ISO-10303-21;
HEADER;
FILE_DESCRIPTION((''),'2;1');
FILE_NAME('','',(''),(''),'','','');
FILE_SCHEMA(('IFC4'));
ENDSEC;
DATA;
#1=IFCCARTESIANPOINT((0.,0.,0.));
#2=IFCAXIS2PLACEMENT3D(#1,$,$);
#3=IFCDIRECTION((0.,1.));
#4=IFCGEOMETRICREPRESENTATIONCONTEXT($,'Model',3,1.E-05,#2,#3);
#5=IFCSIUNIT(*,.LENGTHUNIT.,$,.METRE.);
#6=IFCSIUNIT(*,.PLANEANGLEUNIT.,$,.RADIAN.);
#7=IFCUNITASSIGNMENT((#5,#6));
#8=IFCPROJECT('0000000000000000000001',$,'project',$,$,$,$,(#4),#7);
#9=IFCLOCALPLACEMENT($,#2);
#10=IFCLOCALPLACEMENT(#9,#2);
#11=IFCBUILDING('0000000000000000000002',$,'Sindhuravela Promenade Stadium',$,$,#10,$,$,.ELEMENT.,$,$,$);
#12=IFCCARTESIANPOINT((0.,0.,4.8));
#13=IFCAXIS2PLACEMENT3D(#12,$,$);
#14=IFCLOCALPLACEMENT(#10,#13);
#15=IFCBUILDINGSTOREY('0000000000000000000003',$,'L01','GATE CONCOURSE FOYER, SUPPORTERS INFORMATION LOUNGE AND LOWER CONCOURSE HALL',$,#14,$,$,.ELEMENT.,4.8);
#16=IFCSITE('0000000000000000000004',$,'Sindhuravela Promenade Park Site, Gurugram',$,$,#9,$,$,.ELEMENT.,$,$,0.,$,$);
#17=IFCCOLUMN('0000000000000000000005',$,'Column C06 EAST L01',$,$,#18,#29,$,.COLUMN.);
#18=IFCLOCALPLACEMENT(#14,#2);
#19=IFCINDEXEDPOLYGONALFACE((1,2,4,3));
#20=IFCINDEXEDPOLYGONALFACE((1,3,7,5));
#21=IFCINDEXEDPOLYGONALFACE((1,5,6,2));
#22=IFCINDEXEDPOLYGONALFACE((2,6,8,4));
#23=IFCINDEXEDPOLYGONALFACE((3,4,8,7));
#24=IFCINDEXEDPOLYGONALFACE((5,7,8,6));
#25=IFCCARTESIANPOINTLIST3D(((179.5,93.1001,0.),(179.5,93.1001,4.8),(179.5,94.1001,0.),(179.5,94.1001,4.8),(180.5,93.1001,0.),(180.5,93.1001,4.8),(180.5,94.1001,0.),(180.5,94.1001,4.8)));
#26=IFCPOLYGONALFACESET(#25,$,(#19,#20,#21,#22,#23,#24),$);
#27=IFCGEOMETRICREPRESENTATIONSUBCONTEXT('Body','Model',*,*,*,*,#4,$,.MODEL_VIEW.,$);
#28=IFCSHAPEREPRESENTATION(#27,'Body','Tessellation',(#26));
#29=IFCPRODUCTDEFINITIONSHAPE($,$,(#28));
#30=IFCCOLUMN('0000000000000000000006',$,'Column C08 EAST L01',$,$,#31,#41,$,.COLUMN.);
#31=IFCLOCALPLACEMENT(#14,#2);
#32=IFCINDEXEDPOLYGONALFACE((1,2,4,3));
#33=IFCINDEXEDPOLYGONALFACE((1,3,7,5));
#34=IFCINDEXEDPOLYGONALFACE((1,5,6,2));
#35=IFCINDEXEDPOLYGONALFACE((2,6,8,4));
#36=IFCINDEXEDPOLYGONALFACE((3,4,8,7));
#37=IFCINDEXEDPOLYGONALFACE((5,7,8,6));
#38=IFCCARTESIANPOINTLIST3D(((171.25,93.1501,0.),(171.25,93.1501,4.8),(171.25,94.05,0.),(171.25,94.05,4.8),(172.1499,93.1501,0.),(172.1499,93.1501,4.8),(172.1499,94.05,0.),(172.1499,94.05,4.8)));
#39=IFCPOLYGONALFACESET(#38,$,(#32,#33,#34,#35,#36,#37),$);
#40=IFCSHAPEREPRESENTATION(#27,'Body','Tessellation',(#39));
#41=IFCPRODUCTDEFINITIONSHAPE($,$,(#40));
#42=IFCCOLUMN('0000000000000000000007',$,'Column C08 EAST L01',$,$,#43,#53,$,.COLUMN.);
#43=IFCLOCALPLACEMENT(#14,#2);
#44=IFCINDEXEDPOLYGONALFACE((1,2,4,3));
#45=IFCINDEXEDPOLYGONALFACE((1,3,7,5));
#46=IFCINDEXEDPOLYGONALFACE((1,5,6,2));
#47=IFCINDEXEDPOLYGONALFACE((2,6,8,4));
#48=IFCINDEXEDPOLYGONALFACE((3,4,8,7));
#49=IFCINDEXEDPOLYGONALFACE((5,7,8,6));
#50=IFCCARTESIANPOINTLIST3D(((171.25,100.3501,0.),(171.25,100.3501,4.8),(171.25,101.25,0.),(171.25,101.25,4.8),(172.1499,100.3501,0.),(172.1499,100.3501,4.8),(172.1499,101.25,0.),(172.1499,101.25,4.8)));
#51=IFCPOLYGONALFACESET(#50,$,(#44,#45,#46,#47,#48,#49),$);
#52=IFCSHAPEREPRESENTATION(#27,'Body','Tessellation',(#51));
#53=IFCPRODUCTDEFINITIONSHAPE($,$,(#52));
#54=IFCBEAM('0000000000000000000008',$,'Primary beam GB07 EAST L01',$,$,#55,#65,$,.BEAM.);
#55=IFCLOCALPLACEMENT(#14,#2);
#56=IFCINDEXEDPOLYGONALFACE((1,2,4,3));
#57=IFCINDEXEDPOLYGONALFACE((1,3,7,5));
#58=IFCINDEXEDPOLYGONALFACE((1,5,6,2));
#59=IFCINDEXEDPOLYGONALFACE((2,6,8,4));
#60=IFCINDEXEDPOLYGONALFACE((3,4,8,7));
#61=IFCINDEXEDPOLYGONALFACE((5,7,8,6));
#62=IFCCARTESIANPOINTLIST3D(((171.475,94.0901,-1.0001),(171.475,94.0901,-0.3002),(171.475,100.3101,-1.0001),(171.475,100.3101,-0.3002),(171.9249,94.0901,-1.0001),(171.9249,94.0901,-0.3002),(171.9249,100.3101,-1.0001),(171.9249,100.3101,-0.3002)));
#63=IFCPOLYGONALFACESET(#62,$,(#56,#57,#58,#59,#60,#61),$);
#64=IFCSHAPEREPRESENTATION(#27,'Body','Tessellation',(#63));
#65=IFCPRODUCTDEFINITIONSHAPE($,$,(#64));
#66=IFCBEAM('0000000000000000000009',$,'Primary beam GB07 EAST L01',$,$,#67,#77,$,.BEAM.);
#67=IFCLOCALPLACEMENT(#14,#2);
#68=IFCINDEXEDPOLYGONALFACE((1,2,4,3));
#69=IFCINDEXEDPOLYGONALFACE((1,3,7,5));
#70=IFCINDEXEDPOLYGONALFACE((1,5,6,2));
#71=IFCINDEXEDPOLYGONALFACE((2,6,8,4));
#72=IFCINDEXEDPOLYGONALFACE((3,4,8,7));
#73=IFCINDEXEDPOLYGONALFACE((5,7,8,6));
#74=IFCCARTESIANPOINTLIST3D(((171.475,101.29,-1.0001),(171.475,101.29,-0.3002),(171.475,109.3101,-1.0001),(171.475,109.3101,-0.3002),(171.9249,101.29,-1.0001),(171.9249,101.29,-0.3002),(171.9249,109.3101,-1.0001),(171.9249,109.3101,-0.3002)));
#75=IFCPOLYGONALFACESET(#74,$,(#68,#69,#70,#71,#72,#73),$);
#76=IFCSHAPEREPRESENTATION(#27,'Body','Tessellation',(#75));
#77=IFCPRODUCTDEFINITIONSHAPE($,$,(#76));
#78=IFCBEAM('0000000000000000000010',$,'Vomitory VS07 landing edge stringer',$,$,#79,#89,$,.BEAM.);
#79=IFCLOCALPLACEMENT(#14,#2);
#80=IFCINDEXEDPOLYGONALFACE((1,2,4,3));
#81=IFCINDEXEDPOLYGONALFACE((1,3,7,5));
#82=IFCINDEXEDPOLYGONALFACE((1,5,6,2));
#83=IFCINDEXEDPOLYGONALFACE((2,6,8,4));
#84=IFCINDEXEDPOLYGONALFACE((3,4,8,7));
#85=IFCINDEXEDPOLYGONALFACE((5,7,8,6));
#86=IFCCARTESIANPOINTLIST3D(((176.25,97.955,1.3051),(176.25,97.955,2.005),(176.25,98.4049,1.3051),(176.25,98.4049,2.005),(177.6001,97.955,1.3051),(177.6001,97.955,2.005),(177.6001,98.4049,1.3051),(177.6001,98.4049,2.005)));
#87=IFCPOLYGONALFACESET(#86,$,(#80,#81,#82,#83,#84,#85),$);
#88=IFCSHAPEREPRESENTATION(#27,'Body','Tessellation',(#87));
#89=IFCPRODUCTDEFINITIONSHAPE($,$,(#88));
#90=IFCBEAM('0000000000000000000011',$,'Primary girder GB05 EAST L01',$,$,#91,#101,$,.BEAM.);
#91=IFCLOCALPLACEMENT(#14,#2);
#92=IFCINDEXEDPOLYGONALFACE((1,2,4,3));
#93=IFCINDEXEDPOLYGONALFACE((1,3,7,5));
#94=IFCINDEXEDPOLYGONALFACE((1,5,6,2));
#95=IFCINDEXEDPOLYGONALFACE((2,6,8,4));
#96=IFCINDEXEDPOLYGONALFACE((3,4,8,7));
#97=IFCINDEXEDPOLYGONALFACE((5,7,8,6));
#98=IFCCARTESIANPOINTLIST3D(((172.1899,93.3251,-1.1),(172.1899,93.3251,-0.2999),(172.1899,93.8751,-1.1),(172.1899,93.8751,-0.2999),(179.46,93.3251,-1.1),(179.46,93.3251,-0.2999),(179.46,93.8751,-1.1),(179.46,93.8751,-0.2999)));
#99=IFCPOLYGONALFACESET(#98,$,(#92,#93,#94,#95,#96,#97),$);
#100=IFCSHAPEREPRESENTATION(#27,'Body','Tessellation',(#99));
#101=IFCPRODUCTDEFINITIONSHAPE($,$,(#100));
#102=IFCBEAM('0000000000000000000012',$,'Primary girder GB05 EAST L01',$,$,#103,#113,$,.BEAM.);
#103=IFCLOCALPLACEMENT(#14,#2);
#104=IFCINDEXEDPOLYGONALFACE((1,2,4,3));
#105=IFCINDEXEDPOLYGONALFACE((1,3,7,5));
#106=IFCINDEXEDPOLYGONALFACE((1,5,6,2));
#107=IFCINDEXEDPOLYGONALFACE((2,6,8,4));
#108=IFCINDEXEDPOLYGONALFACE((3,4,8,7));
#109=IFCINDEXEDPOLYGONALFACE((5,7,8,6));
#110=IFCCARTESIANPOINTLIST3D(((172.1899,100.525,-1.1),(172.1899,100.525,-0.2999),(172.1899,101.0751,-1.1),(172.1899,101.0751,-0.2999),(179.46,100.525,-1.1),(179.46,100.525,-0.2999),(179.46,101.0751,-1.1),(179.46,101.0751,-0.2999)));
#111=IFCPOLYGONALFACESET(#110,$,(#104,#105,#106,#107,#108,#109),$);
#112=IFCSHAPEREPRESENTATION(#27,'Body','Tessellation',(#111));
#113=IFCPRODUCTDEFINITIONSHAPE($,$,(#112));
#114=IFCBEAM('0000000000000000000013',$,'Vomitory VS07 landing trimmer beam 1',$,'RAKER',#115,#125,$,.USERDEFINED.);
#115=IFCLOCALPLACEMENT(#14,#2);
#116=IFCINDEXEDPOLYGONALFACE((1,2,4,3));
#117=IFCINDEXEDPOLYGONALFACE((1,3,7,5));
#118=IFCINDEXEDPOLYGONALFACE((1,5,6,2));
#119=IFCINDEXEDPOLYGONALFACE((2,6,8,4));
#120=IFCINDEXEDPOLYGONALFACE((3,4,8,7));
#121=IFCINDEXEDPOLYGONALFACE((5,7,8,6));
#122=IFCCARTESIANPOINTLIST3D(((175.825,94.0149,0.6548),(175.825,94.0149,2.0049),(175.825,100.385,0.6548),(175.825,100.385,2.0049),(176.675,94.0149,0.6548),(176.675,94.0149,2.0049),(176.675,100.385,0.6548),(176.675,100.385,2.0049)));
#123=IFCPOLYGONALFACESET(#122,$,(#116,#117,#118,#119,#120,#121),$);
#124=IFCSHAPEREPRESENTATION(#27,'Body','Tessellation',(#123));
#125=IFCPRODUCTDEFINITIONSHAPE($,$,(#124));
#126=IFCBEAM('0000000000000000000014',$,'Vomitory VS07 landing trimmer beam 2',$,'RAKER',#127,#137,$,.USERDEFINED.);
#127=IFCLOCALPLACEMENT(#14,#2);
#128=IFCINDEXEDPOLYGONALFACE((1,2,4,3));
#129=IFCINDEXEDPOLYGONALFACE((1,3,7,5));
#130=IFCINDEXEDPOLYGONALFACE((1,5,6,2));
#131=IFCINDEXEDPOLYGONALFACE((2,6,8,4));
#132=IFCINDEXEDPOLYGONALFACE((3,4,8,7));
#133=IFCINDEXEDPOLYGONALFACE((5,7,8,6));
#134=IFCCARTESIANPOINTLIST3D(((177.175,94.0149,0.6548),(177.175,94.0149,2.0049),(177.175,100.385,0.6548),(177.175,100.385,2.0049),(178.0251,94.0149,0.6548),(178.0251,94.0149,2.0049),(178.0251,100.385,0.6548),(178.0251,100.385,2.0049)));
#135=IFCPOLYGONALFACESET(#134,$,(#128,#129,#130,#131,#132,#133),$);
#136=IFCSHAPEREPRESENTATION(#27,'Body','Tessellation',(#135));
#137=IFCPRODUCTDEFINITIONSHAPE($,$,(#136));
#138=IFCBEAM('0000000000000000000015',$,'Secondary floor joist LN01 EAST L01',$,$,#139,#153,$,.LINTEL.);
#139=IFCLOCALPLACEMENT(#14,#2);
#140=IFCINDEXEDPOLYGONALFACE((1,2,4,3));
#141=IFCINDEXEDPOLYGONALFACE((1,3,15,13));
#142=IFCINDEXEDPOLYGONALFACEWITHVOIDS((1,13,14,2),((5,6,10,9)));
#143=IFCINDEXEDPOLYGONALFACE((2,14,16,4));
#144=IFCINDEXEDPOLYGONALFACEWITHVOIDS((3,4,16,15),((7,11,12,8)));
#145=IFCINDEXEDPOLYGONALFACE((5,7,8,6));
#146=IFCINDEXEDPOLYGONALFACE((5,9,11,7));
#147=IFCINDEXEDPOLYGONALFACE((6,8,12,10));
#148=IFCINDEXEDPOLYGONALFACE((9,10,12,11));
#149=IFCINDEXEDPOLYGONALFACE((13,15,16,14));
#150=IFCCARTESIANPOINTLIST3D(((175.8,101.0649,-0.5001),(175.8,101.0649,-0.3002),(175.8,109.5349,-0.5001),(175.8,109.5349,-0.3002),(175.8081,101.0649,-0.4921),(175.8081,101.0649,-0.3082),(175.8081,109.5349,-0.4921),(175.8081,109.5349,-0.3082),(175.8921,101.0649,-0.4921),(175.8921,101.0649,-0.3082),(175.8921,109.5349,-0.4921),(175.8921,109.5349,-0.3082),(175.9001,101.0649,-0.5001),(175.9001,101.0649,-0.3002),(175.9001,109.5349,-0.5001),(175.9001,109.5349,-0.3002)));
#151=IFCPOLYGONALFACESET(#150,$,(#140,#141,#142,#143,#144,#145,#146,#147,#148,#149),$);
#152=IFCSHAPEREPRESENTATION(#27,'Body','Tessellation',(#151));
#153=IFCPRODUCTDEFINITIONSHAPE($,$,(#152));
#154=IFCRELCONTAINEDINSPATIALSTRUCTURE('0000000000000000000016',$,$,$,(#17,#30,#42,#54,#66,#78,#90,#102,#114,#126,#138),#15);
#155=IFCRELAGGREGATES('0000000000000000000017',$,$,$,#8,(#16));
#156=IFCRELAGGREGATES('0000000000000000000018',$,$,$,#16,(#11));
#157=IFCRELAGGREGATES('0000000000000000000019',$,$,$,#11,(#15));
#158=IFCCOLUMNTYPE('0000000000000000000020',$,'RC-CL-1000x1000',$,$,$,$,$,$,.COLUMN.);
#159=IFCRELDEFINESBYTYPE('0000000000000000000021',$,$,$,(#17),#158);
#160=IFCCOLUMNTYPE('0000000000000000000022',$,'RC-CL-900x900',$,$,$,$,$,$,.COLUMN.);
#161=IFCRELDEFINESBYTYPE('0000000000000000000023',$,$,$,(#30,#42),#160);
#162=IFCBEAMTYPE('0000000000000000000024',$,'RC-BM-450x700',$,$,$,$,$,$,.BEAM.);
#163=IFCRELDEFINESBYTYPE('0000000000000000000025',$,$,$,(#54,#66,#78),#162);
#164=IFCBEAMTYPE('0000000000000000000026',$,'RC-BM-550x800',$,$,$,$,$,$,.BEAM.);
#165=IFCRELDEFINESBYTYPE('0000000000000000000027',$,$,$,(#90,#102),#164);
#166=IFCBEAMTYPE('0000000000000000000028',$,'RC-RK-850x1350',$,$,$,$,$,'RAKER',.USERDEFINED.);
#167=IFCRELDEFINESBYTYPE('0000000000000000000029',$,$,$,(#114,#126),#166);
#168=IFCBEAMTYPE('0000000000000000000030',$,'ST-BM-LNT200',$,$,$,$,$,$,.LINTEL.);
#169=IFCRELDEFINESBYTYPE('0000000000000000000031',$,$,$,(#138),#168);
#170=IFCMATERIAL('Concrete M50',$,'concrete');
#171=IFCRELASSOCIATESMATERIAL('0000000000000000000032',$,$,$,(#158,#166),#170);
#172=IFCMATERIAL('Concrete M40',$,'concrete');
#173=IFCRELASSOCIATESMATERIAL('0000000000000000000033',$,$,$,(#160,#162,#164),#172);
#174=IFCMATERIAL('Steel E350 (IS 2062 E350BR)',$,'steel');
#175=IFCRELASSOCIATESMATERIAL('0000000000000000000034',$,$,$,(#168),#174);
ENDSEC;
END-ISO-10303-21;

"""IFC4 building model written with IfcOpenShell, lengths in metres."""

from ifc_helpers import new_model, si_unit, direction, frame, origin, origin_2d, place, context, subcontext, project, spatial, rectangle, hollow_rectangle, extrude, material, material_profile, profile_set, type_object, element, save


model = new_model("IFC4")

# Units and contexts
model_context = context("Model", 3, precision=1e-05, world=origin(), true_north=direction((0.0, 1.0)))
body_context = subcontext(model_context, "Body", "Model", "MODEL_VIEW")
ifc_project = project(units=[si_unit("LENGTHUNIT", "METRE"), si_unit("PLANEANGLEUNIT", "RADIAN")], contexts=[model_context])

# Site, building, storey
site_placement = place(None, origin())
site = spatial("IfcSite", under=ifc_project, at=site_placement, Name="Sindhuravela Promenade Park Site, Gurugram", CompositionType="ELEMENT", RefElevation=0.0)
building_placement = place(site_placement, origin())
building = spatial("IfcBuilding", under=site, at=building_placement, Name="Sindhuravela Promenade Stadium", CompositionType="ELEMENT")
storey_placement = place(building_placement, frame((0.0, 0.0, 4.8)))
storey = spatial("IfcBuildingStorey", under=building, at=storey_placement, Name="L01", Description="GATE CONCOURSE FOYER, SUPPORTERS INFORMATION LOUNGE AND LOWER CONCOURSE HALL", CompositionType="ELEMENT", Elevation=4.8)

# Columns
ifc_material_1 = material(Name="Concrete M50", Category="concrete")
ifc_material_profile_1 = material_profile(ifc_material_1, rectangle(XDim=1.0, YDim=1.0, at=origin_2d()), Name="RC 1000x1000")
ifc_profile_set_1 = profile_set([ifc_material_profile_1], Name="Concrete M50")
column_type_1 = type_object("IfcColumnType", Name="RC-CL-1000x1000", PredefinedType="COLUMN", material=ifc_profile_set_1)
column_placement = place(storey_placement, frame((180.0, 93.6001, 0.0), z_axis=(0.0, 0.0, 1.0), x_axis=(1.0, 0.0, 0.0)))
element("IfcColumn", 1, at=column_placement, inside=storey, type_object=column_type_1, Name="Column C06 EAST L01", PredefinedType="COLUMN", context=body_context, shape_type="SweptSolid", body=[
    extrude(rectangle(XDim=1.0, YDim=1.0, at=origin_2d()), origin(), (0.0, 0.0, 1.0), 4.8),
])
ifc_material_2 = material(Name="Concrete M40", Category="concrete")
ifc_material_profile_2 = material_profile(ifc_material_2, rectangle(XDim=0.8999, YDim=0.8999, at=origin_2d()), Name="RC 900x900")
ifc_profile_set_2 = profile_set([ifc_material_profile_2], Name="Concrete M40")
column_type_2 = type_object("IfcColumnType", Name="RC-CL-900x900", PredefinedType="COLUMN", material=ifc_profile_set_2)
for number, where, z_axis, x_axis, name in (
    (2, (171.7, 93.6001, 0.0), (0.0, 0.0, 1.0), (1.0, 0.0, 0.0), "Column C08 EAST L01"),
    (3, (171.7, 100.8, 0.0), (0.0, 0.0, 1.0), (1.0, 0.0, 0.0), "Column C08 EAST L01"),
):
    element("IfcColumn", number, at=place(storey_placement, frame(where, z_axis=z_axis, x_axis=x_axis)), inside=storey, type_object=column_type_2, Name=name, PredefinedType="COLUMN", context=body_context, shape_type="SweptSolid", body=[
        extrude(rectangle(XDim=0.8999, YDim=0.8999, at=origin_2d()), origin(), (0.0, 0.0, 1.0), 4.8),
    ])

# Beams
ifc_material_profile_3 = material_profile(ifc_material_2, rectangle(XDim=0.45, YDim=0.7, at=origin_2d()), Name="RC 450x700")
ifc_profile_set_3 = profile_set([ifc_material_profile_3], Name="Concrete M40")
beam_type_1 = type_object("IfcBeamType", Name="RC-BM-450x700", PredefinedType="BEAM", material=ifc_profile_set_3)
beam_1_placement = place(storey_placement, frame((171.7, 94.0901, -0.6501), z_axis=(0.0, 1.0, 0.0), x_axis=(-1.0, 0.0, 0.0)))
element("IfcBeam", 4, at=beam_1_placement, inside=storey, type_object=beam_type_1, Name="Primary beam GB07 EAST L01", PredefinedType="BEAM", context=body_context, shape_type="SweptSolid", body=[
    extrude(rectangle(XDim=0.45, YDim=0.7, at=origin_2d()), origin(), (0.0, 0.0, 1.0), 6.22),
])
beam_2_placement = place(storey_placement, frame((171.7, 101.29, -0.6501), z_axis=(0.0, 1.0, 0.0), x_axis=(-1.0, 0.0, 0.0)))
element("IfcBeam", 5, at=beam_2_placement, inside=storey, type_object=beam_type_1, Name="Primary beam GB07 EAST L01", PredefinedType="BEAM", context=body_context, shape_type="SweptSolid", body=[
    extrude(rectangle(XDim=0.45, YDim=0.7, at=origin_2d()), origin(), (0.0, 0.0, 1.0), 8.02),
])
beam_3_placement = place(storey_placement, frame((176.25, 98.1799, 1.655), z_axis=(1.0, 0.0, 0.0), x_axis=(0.0, 1.0, 0.0)))
element("IfcBeam", 6, at=beam_3_placement, inside=storey, type_object=beam_type_1, Name="Vomitory VS07 landing edge stringer", PredefinedType="BEAM", context=body_context, shape_type="SweptSolid", body=[
    extrude(rectangle(XDim=0.45, YDim=0.7, at=origin_2d()), origin(), (0.0, 0.0, 1.0), 1.3501),
])
ifc_material_profile_4 = material_profile(ifc_material_2, rectangle(XDim=0.55, YDim=0.8, at=origin_2d()), Name="RC 550x800")
ifc_profile_set_4 = profile_set([ifc_material_profile_4], Name="Concrete M40")
beam_type_2 = type_object("IfcBeamType", Name="RC-BM-550x800", PredefinedType="BEAM", material=ifc_profile_set_4)
for number, where, z_axis, x_axis, name in (
    (7, (172.1899, 93.6001, -0.7), (1.0, 0.0, 0.0), (0.0, 1.0, 0.0), "Primary girder GB05 EAST L01"),
    (8, (172.1899, 100.8, -0.7), (1.0, 0.0, 0.0), (0.0, 1.0, 0.0), "Primary girder GB05 EAST L01"),
):
    element("IfcBeam", number, at=place(storey_placement, frame(where, z_axis=z_axis, x_axis=x_axis)), inside=storey, type_object=beam_type_2, Name=name, PredefinedType="BEAM", context=body_context, shape_type="SweptSolid", body=[
        extrude(rectangle(XDim=0.55, YDim=0.8, at=origin_2d()), origin(), (0.0, 0.0, 1.0), 7.27),
    ])
ifc_material_profile_5 = material_profile(ifc_material_1, rectangle(XDim=0.8501, YDim=1.3501, at=origin_2d()), Name="RC 850x1350")
ifc_profile_set_5 = profile_set([ifc_material_profile_5], Name="Concrete M50")
beam_type_3 = type_object("IfcBeamType", Name="RC-RK-850x1350", ElementType="RAKER", PredefinedType="USERDEFINED", material=ifc_profile_set_5)
for number, where, z_axis, x_axis, name in (
    (9, (176.25, 94.0149, 1.3298), (0.0, 1.0, 0.0), (-1.0, 0.0, 0.0), "Vomitory VS07 landing trimmer beam 1"),
    (10, (177.6001, 94.0149, 1.3298), (0.0, 1.0, 0.0), (-1.0, 0.0, 0.0), "Vomitory VS07 landing trimmer beam 2"),
):
    element("IfcBeam", number, at=place(storey_placement, frame(where, z_axis=z_axis, x_axis=x_axis)), inside=storey, type_object=beam_type_3, Name=name, ObjectType="RAKER", PredefinedType="USERDEFINED", context=body_context, shape_type="SweptSolid", body=[
        extrude(rectangle(XDim=0.8501, YDim=1.3501, at=origin_2d()), origin(), (0.0, 0.0, 1.0), 6.3701),
    ])
ifc_material_3 = material(Name="Steel E350 (IS 2062 E350BR)", Category="steel")
ifc_material_profile_6 = material_profile(ifc_material_3, hollow_rectangle(XDim=0.1001, YDim=0.2, WallThickness=0.0081, at=origin_2d()), Name="RHS 200x100x8")
ifc_profile_set_6 = profile_set([ifc_material_profile_6], Name="Steel E350 (IS 2062 E350BR)")
beam_type_4 = type_object("IfcBeamType", Name="ST-BM-LNT200", PredefinedType="LINTEL", material=ifc_profile_set_6)
beam_4_placement = place(storey_placement, frame((175.8501, 101.0649, -0.4001), z_axis=(0.0, 1.0, 0.0), x_axis=(-1.0, 0.0, 0.0)))
element("IfcBeam", 11, at=beam_4_placement, inside=storey, type_object=beam_type_4, Name="Secondary floor joist LN01 EAST L01", PredefinedType="LINTEL", context=body_context, shape_type="SweptSolid", body=[
    extrude(hollow_rectangle(XDim=0.1001, YDim=0.2, WallThickness=0.0081, at=origin_2d()), origin(), (0.0, 0.0, 1.0), 8.47),
])

save(model, "model.ifc")
